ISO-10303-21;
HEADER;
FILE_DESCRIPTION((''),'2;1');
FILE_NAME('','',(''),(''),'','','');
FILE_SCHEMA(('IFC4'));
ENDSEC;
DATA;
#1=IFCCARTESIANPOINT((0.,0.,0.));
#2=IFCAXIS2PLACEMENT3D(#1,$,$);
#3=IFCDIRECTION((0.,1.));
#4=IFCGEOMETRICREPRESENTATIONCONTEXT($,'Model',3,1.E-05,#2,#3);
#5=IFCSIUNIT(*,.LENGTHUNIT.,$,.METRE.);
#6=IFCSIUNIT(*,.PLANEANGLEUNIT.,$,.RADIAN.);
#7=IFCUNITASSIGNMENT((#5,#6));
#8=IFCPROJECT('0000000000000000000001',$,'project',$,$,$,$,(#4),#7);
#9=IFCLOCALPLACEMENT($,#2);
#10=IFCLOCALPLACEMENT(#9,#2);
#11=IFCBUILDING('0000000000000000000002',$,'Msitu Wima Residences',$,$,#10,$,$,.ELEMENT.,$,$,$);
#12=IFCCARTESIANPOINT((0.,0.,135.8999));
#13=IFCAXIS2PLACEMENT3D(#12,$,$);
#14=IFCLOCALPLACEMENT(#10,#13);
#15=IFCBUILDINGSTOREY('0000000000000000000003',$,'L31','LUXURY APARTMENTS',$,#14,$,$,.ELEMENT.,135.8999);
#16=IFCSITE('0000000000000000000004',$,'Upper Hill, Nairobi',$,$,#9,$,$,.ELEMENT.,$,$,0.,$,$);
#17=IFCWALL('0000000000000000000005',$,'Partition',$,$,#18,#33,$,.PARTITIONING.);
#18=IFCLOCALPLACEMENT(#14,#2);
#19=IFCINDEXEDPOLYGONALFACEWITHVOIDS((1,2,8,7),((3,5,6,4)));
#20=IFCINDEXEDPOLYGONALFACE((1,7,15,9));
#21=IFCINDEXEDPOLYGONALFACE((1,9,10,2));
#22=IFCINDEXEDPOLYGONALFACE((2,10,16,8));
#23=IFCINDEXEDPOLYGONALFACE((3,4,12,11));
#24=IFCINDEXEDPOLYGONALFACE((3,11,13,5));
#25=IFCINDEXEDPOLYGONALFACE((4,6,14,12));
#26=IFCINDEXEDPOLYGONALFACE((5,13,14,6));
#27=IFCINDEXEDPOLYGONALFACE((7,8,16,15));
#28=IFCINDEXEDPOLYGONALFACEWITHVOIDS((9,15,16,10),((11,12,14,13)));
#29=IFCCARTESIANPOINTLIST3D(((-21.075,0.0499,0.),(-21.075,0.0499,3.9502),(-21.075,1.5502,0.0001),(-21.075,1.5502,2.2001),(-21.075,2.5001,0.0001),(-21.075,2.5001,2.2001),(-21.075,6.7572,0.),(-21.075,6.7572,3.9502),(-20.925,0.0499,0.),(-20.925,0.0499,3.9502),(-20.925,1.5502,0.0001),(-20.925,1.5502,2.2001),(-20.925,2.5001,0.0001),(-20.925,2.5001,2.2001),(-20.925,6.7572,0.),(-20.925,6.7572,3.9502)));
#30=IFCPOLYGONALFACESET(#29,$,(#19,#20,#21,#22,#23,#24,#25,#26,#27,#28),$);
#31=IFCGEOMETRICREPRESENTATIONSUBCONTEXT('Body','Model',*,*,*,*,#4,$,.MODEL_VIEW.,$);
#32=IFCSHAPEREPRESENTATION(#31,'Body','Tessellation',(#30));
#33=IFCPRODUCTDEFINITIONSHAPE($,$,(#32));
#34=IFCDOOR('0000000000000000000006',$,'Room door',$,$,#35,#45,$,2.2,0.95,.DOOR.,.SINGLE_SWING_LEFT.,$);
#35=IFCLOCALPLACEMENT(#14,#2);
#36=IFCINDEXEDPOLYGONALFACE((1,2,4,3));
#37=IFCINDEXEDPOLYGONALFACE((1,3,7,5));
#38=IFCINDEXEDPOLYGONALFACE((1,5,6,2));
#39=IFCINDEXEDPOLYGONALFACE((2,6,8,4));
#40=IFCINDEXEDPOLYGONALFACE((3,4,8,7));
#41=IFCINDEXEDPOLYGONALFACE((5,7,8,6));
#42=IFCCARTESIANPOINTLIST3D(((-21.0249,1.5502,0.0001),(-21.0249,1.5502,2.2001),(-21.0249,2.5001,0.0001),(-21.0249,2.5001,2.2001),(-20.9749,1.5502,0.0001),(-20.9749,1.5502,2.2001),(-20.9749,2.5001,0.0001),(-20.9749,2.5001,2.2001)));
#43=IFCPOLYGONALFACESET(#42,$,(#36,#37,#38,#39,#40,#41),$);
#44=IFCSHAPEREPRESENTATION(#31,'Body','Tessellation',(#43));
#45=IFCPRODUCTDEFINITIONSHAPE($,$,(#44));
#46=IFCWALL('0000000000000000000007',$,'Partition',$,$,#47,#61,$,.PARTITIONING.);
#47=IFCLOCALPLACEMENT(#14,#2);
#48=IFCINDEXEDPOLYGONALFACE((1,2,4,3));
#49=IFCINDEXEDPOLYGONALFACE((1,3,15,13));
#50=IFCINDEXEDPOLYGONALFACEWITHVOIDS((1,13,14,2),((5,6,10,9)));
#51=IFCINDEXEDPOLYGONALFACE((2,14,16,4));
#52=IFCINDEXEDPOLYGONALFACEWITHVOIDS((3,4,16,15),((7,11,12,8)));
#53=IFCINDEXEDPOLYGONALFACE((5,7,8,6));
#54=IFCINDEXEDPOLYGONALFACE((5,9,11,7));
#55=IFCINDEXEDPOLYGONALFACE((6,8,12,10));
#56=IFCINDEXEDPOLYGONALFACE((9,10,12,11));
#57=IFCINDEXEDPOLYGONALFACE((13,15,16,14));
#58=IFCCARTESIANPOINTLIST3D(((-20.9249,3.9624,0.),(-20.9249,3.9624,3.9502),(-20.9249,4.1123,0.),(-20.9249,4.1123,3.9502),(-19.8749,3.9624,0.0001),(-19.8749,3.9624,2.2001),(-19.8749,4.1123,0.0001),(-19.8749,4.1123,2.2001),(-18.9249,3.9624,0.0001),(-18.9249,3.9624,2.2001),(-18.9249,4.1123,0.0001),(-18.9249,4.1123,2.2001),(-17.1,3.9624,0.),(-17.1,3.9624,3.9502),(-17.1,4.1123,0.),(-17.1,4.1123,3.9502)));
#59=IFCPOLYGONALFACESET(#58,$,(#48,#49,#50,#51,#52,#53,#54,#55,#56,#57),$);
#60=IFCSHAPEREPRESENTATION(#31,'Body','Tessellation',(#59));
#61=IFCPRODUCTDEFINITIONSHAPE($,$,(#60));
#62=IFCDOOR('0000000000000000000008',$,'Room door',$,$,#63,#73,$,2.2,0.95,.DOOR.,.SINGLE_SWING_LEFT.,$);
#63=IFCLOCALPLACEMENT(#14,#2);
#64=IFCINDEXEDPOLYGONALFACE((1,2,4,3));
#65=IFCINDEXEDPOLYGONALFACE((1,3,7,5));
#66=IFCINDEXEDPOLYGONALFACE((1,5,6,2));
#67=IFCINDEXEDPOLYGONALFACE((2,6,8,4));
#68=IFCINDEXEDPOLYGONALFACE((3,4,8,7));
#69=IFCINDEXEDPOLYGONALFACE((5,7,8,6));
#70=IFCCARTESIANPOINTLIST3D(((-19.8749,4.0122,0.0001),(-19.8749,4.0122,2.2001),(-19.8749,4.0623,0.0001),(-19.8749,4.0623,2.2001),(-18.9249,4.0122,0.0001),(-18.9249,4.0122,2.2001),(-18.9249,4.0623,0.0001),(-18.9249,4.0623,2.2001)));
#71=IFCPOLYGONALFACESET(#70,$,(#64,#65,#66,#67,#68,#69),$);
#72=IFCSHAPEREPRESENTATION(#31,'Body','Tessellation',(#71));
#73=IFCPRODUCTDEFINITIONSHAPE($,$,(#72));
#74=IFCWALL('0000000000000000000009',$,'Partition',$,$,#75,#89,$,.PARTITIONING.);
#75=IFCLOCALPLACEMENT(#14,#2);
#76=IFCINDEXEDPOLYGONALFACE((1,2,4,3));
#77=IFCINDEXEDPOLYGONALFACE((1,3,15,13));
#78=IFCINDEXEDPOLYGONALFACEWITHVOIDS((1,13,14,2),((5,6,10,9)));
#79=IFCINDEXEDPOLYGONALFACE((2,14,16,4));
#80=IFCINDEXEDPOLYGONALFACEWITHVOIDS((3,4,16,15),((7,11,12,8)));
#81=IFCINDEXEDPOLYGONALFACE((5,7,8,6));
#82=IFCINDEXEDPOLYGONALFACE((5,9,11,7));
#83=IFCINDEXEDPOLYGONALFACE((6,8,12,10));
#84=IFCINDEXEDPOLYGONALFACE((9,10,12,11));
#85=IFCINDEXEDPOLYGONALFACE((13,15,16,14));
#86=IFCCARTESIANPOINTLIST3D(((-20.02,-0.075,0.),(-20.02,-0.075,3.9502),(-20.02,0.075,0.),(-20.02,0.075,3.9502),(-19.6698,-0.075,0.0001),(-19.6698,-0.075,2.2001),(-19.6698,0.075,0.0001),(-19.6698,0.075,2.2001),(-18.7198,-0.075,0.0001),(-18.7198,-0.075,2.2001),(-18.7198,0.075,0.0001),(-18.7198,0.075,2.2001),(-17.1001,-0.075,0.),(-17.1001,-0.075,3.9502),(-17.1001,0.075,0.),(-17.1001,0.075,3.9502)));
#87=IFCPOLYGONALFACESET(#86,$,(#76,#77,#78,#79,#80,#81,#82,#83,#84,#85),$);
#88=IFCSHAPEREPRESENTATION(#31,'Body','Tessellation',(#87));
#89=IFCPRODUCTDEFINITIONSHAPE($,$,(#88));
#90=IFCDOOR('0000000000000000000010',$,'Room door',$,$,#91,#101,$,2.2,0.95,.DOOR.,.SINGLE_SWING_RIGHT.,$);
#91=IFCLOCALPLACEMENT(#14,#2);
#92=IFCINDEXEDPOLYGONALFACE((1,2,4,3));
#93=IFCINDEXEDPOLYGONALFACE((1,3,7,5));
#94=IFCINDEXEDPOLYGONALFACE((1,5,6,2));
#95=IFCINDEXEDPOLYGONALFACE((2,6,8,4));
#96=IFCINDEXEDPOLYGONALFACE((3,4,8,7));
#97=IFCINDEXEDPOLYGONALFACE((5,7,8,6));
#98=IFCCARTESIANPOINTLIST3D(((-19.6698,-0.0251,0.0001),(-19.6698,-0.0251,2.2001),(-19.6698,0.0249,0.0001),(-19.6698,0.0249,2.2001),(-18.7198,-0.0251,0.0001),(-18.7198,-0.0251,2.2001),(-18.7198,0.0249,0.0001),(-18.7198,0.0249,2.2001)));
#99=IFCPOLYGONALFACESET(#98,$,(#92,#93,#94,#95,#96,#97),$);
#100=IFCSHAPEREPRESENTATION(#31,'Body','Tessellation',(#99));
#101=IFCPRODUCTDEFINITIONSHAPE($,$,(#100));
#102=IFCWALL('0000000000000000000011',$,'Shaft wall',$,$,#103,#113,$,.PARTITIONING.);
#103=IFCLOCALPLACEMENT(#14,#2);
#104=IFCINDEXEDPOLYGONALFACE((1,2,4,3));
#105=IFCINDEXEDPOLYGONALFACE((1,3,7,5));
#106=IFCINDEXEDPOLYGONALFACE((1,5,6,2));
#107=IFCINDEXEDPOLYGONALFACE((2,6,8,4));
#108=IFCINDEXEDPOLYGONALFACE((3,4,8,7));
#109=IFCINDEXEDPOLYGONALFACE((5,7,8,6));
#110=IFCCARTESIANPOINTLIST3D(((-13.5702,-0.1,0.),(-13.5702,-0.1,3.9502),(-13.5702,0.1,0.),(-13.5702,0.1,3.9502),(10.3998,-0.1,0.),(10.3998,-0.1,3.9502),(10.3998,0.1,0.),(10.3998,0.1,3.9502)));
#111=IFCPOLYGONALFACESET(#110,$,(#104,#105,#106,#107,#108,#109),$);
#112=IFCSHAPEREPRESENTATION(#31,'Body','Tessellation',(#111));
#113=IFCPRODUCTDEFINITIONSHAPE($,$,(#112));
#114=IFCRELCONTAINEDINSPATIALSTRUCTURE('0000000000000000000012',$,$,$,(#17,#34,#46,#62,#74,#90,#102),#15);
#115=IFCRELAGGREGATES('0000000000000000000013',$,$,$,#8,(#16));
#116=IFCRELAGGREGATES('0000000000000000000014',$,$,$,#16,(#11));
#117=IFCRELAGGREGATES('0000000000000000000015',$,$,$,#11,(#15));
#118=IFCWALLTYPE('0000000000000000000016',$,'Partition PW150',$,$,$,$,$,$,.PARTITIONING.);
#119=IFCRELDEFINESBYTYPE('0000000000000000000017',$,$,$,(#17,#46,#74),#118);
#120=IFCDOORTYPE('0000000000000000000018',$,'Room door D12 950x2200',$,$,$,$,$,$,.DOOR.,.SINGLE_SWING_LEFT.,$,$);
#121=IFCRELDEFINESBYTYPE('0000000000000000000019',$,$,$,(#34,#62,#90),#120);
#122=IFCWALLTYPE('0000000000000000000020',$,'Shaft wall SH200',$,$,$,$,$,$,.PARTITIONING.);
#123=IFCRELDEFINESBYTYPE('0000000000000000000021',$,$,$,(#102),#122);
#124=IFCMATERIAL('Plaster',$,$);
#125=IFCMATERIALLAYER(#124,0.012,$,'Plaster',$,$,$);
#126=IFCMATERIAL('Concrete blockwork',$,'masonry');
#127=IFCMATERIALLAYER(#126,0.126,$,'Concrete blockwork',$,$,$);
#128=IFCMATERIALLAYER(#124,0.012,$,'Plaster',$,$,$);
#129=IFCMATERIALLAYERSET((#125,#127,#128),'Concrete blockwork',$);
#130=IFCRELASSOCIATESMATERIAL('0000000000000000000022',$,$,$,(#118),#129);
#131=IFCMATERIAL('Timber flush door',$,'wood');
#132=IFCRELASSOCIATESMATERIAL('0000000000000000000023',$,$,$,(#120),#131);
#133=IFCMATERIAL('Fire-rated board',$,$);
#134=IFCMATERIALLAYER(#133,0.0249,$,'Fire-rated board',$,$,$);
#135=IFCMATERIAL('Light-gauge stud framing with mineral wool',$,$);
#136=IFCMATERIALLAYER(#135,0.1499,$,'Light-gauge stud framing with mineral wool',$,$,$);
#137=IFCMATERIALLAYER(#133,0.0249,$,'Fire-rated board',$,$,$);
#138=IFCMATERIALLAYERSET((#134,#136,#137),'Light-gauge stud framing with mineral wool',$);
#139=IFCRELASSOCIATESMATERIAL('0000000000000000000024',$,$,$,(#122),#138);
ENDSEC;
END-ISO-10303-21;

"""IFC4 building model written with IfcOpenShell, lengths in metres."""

from ifc_helpers import new_model, si_unit, direction, frame, frame_2d, origin, place, context, subcontext, project, spatial, rectangle, extrude, material, layer, layer_set, type_object, element, fill, save


model = new_model("IFC4")

# Units and contexts
model_context = context("Model", 3, precision=1e-05, world=origin(), true_north=direction((0.0, 1.0)))
body_context = subcontext(model_context, "Body", "Model", "MODEL_VIEW")
ifc_project = project(units=[si_unit("LENGTHUNIT", "METRE"), si_unit("PLANEANGLEUNIT", "RADIAN")], contexts=[model_context])

# Site, building, storey
site_placement = place(None, origin())
site = spatial("IfcSite", under=ifc_project, at=site_placement, Name="Upper Hill, Nairobi", CompositionType="ELEMENT", RefElevation=0.0)
building_placement = place(site_placement, origin())
building = spatial("IfcBuilding", under=site, at=building_placement, Name="Msitu Wima Residences", CompositionType="ELEMENT")
storey_placement = place(building_placement, frame((0.0, 0.0, 135.8999)))
storey = spatial("IfcBuildingStorey", under=building, at=storey_placement, Name="L31", Description="LUXURY APARTMENTS", CompositionType="ELEMENT", Elevation=135.8999)

# Walls, openings, doors
ifc_material_1 = material(Name="Plaster")
ifc_layer_1 = layer(ifc_material_1, 0.012, Name="Plaster")
ifc_material_2 = material(Name="Concrete blockwork", Category="masonry")
ifc_layer_2 = layer(ifc_material_2, 0.126, Name="Concrete blockwork")
ifc_layer_3 = layer(ifc_material_1, 0.012, Name="Plaster")
ifc_layer_set_1 = layer_set([ifc_layer_1, ifc_layer_2, ifc_layer_3], Name="Concrete blockwork")
wall_type_1 = type_object("IfcWallType", Name="Partition PW150", PredefinedType="PARTITIONING", material=ifc_layer_set_1)
wall_1_placement = place(storey_placement, frame((-21.0, 0.05, 0.0), z_axis=(0.0, 0.0, 1.0), x_axis=(0.0, 1.0, 0.0)))
wall_1 = element("IfcWall", 1, at=wall_1_placement, inside=storey, type_object=wall_type_1, Name="Partition", PredefinedType="PARTITIONING", context=body_context, shape_type="SweptSolid", body=[
    extrude(rectangle(XDim=6.7073, YDim=0.1499, at=frame_2d((3.3535, 0.0))), origin(), (0.0, 0.0, 1.0), 3.9502),
])
opening_1_placement = place(wall_1_placement, frame((1.5, 0.0, 0.0)))
opening_1 = element("IfcOpeningElement", 2, at=opening_1_placement, cuts=wall_1, PredefinedType="OPENING", context=body_context, shape_type="SweptSolid", body=[
    extrude(rectangle(XDim=0.95, YDim=2.2, at=frame_2d((0.4751, 1.1001))), frame((0.0, 0.085, 0.0), z_axis=(0.0, -1.0, 0.0), x_axis=(1.0, 0.0, 0.0)), (0.0, 0.0, 1.0), 0.1699),
])
ifc_material_3 = material(Name="Timber flush door", Category="wood")
door_type_1 = type_object("IfcDoorType", Name="Room door D12 950x2200", OperationType="SINGLE_SWING_LEFT", PredefinedType="DOOR", material=ifc_material_3)
door_1_placement = place(opening_1_placement, origin())
door_1 = element("IfcDoor", 3, at=door_1_placement, inside=storey, type_object=door_type_1, Name="Room door", OperationType="SINGLE_SWING_LEFT", OverallHeight=2.2, OverallWidth=0.95, PredefinedType="DOOR", context=body_context, shape_type="SweptSolid", body=[
    extrude(rectangle(XDim=0.95, YDim=2.2, at=frame_2d((0.4751, 1.1001))), frame((0.0, 0.0249, 0.0), z_axis=(0.0, -1.0, 0.0), x_axis=(1.0, 0.0, 0.0)), (0.0, 0.0, 1.0), 0.05),
])
fill(opening_1, door_1)
wall_2_placement = place(storey_placement, frame((-20.925, 4.0374, 0.0), z_axis=(0.0, 0.0, 1.0), x_axis=(1.0, 0.0, 0.0)))
wall_2 = element("IfcWall", 4, at=wall_2_placement, inside=storey, type_object=wall_type_1, Name="Partition", PredefinedType="PARTITIONING", context=body_context, shape_type="SweptSolid", body=[
    extrude(rectangle(XDim=3.825, YDim=0.1499, at=frame_2d((1.9126, 0.0))), origin(), (0.0, 0.0, 1.0), 3.9502),
])
opening_2_placement = place(wall_2_placement, frame((1.05, 0.0, 0.0)))
opening_2 = element("IfcOpeningElement", 5, at=opening_2_placement, cuts=wall_2, PredefinedType="OPENING", context=body_context, shape_type="SweptSolid", body=[
    extrude(rectangle(XDim=0.95, YDim=2.2, at=frame_2d((0.4751, 1.1001))), frame((0.0, 0.085, 0.0), z_axis=(0.0, -1.0, 0.0), x_axis=(1.0, 0.0, 0.0)), (0.0, 0.0, 1.0), 0.1699),
])
door_2_placement = place(opening_2_placement, origin())
door_2 = element("IfcDoor", 6, at=door_2_placement, inside=storey, type_object=door_type_1, Name="Room door", OperationType="SINGLE_SWING_LEFT", OverallHeight=2.2, OverallWidth=0.95, PredefinedType="DOOR", context=body_context, shape_type="SweptSolid", body=[
    extrude(rectangle(XDim=0.95, YDim=2.2, at=frame_2d((0.4751, 1.1001))), frame((0.0, 0.0249, 0.0), z_axis=(0.0, -1.0, 0.0), x_axis=(1.0, 0.0, 0.0)), (0.0, 0.0, 1.0), 0.05),
])
fill(opening_2, door_2)
wall_3_placement = place(storey_placement, frame((-20.02, 0.0, 0.0), z_axis=(0.0, 0.0, 1.0), x_axis=(1.0, 0.0, 0.0)))
wall_3 = element("IfcWall", 7, at=wall_3_placement, inside=storey, type_object=wall_type_1, Name="Partition", PredefinedType="PARTITIONING", context=body_context, shape_type="SweptSolid", body=[
    extrude(rectangle(XDim=2.9199, YDim=0.1499, at=frame_2d((1.46, 0.0))), origin(), (0.0, 0.0, 1.0), 3.9502),
])
opening_3_placement = place(wall_3_placement, frame((0.3501, 0.0, 0.0)))
opening_3 = element("IfcOpeningElement", 8, at=opening_3_placement, cuts=wall_3, PredefinedType="OPENING", context=body_context, shape_type="SweptSolid", body=[
    extrude(rectangle(XDim=0.95, YDim=2.2, at=frame_2d((0.4751, 1.1001))), frame((0.0, 0.085, 0.0), z_axis=(0.0, -1.0, 0.0), x_axis=(1.0, 0.0, 0.0)), (0.0, 0.0, 1.0), 0.1699),
])
door_3_placement = place(opening_3_placement, origin())
door_3 = element("IfcDoor", 9, at=door_3_placement, inside=storey, type_object=door_type_1, Name="Room door", OperationType="SINGLE_SWING_RIGHT", OverallHeight=2.2, OverallWidth=0.95, PredefinedType="DOOR", context=body_context, shape_type="SweptSolid", body=[
    extrude(rectangle(XDim=0.95, YDim=2.2, at=frame_2d((0.4751, 1.1001))), frame((0.0, 0.0249, 0.0), z_axis=(0.0, -1.0, 0.0), x_axis=(1.0, 0.0, 0.0)), (0.0, 0.0, 1.0), 0.05),
])
fill(opening_3, door_3)

# Wall
ifc_material_4 = material(Name="Fire-rated board")
ifc_layer_4 = layer(ifc_material_4, 0.0249, Name="Fire-rated board")
ifc_material_5 = material(Name="Light-gauge stud framing with mineral wool")
ifc_layer_5 = layer(ifc_material_5, 0.1499, Name="Light-gauge stud framing with mineral wool")
ifc_layer_6 = layer(ifc_material_4, 0.0249, Name="Fire-rated board")
ifc_layer_set_2 = layer_set([ifc_layer_4, ifc_layer_5, ifc_layer_6], Name="Light-gauge stud framing with mineral wool")
wall_type_2 = type_object("IfcWallType", Name="Shaft wall SH200", PredefinedType="PARTITIONING", material=ifc_layer_set_2)
wall_4_placement = place(storey_placement, frame((-13.5701, 0.0, 0.0), z_axis=(0.0, 0.0, 1.0), x_axis=(1.0, 0.0, 0.0)))
element("IfcWall", 10, at=wall_4_placement, inside=storey, type_object=wall_type_2, Name="Shaft wall", PredefinedType="PARTITIONING", context=body_context, shape_type="SweptSolid", body=[
    extrude(rectangle(XDim=23.97, YDim=0.2, at=frame_2d((11.9849, 0.0))), origin(), (0.0, 0.0, 1.0), 3.9502),
])

save(model, "model.ifc")
